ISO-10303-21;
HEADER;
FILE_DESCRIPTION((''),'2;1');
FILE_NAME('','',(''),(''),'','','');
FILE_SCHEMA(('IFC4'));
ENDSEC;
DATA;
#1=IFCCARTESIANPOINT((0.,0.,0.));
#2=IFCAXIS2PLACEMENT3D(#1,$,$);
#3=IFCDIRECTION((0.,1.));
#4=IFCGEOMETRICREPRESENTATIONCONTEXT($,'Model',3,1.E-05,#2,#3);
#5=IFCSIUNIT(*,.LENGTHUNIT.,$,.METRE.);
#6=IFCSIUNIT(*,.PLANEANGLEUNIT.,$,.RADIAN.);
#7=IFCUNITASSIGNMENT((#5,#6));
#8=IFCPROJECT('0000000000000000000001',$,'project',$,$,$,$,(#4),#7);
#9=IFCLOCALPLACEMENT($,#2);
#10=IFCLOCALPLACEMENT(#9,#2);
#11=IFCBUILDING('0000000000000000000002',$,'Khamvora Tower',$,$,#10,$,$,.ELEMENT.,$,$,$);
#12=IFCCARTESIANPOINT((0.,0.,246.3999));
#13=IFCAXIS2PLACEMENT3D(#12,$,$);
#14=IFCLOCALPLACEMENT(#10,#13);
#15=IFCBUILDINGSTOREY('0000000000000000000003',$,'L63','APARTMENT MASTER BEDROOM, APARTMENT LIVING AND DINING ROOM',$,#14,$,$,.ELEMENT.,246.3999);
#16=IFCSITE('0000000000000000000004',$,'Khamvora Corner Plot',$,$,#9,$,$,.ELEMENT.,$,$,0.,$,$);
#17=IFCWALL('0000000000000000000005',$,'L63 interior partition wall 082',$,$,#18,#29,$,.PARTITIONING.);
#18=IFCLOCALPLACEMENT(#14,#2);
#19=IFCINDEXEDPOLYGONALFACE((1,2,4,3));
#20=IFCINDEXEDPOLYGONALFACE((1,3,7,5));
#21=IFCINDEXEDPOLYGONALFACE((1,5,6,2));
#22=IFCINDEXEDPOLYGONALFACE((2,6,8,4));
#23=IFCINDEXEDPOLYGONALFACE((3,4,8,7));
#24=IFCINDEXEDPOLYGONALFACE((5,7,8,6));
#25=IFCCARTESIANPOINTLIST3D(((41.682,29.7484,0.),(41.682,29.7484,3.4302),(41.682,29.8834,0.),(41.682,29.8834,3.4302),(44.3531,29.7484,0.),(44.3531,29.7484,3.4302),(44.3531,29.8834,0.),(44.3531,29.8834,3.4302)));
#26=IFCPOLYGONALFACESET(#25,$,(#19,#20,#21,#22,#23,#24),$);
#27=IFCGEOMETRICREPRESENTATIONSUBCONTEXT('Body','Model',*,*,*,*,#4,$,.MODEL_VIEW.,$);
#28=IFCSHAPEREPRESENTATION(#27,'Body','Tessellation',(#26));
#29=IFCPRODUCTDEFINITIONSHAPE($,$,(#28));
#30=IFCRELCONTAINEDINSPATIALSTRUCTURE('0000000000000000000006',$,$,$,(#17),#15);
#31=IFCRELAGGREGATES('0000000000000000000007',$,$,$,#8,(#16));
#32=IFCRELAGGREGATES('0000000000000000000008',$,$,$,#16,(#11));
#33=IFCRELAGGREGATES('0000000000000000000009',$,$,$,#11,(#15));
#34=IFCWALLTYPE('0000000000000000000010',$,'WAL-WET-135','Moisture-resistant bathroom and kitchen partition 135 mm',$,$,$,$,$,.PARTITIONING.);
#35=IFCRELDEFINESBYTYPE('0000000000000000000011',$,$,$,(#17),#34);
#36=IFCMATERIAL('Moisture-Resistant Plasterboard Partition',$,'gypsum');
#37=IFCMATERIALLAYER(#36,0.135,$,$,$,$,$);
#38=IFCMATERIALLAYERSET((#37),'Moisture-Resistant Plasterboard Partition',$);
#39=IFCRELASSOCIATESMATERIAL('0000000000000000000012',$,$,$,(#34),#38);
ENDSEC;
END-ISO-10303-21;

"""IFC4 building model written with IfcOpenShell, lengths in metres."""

from ifc_helpers import new_model, si_unit, direction, frame, frame_2d, origin, place, context, subcontext, project, spatial, rectangle, extrude, material, layer, layer_set, type_object, element, save


model = new_model("IFC4")

# Units and contexts
model_context = context("Model", 3, precision=1e-05, world=origin(), true_north=direction((0.0, 1.0)))
body_context = subcontext(model_context, "Body", "Model", "MODEL_VIEW")
ifc_project = project(units=[si_unit("LENGTHUNIT", "METRE"), si_unit("PLANEANGLEUNIT", "RADIAN")], contexts=[model_context])

# Site, building, storey
site_placement = place(None, origin())
site = spatial("IfcSite", under=ifc_project, at=site_placement, Name="Khamvora Corner Plot", CompositionType="ELEMENT", RefElevation=0.0)
building_placement = place(site_placement, origin())
building = spatial("IfcBuilding", under=site, at=building_placement, Name="Khamvora Tower", CompositionType="ELEMENT")
storey_placement = place(building_placement, frame((0.0, 0.0, 246.3999)))
storey = spatial("IfcBuildingStorey", under=building, at=storey_placement, Name="L63", Description="APARTMENT MASTER BEDROOM, APARTMENT LIVING AND DINING ROOM", CompositionType="ELEMENT", Elevation=246.3999)

# Shared definitions
ifc_material_1 = material(Name="Moisture-Resistant Plasterboard Partition", Category="gypsum")
ifc_layer_1 = layer(ifc_material_1, 0.135)
ifc_layer_set_1 = layer_set([ifc_layer_1], Name="Moisture-Resistant Plasterboard Partition")
wall_type_1 = type_object("IfcWallType", Name="WAL-WET-135", Description="Moisture-resistant bathroom and kitchen partition 135 mm", PredefinedType="PARTITIONING", material=ifc_layer_set_1)

# Wall
wall_1_placement = place(storey_placement, frame((44.353, 29.8159, 0.0), z_axis=(0.0, 0.0, 1.0), x_axis=(-1.0, 0.0, 0.0)))
element("IfcWall", 1, at=wall_1_placement, inside=storey, type_object=wall_type_1, Name="L63 interior partition wall 082", PredefinedType="PARTITIONING", context=body_context, shape_type="SweptSolid", body=[
    extrude(rectangle(XDim=2.6711, YDim=0.135, at=frame_2d((1.3354, 0.0))), origin(), (0.0, 0.0, 1.0), 3.4302),
])

save(model, "model.ifc")
